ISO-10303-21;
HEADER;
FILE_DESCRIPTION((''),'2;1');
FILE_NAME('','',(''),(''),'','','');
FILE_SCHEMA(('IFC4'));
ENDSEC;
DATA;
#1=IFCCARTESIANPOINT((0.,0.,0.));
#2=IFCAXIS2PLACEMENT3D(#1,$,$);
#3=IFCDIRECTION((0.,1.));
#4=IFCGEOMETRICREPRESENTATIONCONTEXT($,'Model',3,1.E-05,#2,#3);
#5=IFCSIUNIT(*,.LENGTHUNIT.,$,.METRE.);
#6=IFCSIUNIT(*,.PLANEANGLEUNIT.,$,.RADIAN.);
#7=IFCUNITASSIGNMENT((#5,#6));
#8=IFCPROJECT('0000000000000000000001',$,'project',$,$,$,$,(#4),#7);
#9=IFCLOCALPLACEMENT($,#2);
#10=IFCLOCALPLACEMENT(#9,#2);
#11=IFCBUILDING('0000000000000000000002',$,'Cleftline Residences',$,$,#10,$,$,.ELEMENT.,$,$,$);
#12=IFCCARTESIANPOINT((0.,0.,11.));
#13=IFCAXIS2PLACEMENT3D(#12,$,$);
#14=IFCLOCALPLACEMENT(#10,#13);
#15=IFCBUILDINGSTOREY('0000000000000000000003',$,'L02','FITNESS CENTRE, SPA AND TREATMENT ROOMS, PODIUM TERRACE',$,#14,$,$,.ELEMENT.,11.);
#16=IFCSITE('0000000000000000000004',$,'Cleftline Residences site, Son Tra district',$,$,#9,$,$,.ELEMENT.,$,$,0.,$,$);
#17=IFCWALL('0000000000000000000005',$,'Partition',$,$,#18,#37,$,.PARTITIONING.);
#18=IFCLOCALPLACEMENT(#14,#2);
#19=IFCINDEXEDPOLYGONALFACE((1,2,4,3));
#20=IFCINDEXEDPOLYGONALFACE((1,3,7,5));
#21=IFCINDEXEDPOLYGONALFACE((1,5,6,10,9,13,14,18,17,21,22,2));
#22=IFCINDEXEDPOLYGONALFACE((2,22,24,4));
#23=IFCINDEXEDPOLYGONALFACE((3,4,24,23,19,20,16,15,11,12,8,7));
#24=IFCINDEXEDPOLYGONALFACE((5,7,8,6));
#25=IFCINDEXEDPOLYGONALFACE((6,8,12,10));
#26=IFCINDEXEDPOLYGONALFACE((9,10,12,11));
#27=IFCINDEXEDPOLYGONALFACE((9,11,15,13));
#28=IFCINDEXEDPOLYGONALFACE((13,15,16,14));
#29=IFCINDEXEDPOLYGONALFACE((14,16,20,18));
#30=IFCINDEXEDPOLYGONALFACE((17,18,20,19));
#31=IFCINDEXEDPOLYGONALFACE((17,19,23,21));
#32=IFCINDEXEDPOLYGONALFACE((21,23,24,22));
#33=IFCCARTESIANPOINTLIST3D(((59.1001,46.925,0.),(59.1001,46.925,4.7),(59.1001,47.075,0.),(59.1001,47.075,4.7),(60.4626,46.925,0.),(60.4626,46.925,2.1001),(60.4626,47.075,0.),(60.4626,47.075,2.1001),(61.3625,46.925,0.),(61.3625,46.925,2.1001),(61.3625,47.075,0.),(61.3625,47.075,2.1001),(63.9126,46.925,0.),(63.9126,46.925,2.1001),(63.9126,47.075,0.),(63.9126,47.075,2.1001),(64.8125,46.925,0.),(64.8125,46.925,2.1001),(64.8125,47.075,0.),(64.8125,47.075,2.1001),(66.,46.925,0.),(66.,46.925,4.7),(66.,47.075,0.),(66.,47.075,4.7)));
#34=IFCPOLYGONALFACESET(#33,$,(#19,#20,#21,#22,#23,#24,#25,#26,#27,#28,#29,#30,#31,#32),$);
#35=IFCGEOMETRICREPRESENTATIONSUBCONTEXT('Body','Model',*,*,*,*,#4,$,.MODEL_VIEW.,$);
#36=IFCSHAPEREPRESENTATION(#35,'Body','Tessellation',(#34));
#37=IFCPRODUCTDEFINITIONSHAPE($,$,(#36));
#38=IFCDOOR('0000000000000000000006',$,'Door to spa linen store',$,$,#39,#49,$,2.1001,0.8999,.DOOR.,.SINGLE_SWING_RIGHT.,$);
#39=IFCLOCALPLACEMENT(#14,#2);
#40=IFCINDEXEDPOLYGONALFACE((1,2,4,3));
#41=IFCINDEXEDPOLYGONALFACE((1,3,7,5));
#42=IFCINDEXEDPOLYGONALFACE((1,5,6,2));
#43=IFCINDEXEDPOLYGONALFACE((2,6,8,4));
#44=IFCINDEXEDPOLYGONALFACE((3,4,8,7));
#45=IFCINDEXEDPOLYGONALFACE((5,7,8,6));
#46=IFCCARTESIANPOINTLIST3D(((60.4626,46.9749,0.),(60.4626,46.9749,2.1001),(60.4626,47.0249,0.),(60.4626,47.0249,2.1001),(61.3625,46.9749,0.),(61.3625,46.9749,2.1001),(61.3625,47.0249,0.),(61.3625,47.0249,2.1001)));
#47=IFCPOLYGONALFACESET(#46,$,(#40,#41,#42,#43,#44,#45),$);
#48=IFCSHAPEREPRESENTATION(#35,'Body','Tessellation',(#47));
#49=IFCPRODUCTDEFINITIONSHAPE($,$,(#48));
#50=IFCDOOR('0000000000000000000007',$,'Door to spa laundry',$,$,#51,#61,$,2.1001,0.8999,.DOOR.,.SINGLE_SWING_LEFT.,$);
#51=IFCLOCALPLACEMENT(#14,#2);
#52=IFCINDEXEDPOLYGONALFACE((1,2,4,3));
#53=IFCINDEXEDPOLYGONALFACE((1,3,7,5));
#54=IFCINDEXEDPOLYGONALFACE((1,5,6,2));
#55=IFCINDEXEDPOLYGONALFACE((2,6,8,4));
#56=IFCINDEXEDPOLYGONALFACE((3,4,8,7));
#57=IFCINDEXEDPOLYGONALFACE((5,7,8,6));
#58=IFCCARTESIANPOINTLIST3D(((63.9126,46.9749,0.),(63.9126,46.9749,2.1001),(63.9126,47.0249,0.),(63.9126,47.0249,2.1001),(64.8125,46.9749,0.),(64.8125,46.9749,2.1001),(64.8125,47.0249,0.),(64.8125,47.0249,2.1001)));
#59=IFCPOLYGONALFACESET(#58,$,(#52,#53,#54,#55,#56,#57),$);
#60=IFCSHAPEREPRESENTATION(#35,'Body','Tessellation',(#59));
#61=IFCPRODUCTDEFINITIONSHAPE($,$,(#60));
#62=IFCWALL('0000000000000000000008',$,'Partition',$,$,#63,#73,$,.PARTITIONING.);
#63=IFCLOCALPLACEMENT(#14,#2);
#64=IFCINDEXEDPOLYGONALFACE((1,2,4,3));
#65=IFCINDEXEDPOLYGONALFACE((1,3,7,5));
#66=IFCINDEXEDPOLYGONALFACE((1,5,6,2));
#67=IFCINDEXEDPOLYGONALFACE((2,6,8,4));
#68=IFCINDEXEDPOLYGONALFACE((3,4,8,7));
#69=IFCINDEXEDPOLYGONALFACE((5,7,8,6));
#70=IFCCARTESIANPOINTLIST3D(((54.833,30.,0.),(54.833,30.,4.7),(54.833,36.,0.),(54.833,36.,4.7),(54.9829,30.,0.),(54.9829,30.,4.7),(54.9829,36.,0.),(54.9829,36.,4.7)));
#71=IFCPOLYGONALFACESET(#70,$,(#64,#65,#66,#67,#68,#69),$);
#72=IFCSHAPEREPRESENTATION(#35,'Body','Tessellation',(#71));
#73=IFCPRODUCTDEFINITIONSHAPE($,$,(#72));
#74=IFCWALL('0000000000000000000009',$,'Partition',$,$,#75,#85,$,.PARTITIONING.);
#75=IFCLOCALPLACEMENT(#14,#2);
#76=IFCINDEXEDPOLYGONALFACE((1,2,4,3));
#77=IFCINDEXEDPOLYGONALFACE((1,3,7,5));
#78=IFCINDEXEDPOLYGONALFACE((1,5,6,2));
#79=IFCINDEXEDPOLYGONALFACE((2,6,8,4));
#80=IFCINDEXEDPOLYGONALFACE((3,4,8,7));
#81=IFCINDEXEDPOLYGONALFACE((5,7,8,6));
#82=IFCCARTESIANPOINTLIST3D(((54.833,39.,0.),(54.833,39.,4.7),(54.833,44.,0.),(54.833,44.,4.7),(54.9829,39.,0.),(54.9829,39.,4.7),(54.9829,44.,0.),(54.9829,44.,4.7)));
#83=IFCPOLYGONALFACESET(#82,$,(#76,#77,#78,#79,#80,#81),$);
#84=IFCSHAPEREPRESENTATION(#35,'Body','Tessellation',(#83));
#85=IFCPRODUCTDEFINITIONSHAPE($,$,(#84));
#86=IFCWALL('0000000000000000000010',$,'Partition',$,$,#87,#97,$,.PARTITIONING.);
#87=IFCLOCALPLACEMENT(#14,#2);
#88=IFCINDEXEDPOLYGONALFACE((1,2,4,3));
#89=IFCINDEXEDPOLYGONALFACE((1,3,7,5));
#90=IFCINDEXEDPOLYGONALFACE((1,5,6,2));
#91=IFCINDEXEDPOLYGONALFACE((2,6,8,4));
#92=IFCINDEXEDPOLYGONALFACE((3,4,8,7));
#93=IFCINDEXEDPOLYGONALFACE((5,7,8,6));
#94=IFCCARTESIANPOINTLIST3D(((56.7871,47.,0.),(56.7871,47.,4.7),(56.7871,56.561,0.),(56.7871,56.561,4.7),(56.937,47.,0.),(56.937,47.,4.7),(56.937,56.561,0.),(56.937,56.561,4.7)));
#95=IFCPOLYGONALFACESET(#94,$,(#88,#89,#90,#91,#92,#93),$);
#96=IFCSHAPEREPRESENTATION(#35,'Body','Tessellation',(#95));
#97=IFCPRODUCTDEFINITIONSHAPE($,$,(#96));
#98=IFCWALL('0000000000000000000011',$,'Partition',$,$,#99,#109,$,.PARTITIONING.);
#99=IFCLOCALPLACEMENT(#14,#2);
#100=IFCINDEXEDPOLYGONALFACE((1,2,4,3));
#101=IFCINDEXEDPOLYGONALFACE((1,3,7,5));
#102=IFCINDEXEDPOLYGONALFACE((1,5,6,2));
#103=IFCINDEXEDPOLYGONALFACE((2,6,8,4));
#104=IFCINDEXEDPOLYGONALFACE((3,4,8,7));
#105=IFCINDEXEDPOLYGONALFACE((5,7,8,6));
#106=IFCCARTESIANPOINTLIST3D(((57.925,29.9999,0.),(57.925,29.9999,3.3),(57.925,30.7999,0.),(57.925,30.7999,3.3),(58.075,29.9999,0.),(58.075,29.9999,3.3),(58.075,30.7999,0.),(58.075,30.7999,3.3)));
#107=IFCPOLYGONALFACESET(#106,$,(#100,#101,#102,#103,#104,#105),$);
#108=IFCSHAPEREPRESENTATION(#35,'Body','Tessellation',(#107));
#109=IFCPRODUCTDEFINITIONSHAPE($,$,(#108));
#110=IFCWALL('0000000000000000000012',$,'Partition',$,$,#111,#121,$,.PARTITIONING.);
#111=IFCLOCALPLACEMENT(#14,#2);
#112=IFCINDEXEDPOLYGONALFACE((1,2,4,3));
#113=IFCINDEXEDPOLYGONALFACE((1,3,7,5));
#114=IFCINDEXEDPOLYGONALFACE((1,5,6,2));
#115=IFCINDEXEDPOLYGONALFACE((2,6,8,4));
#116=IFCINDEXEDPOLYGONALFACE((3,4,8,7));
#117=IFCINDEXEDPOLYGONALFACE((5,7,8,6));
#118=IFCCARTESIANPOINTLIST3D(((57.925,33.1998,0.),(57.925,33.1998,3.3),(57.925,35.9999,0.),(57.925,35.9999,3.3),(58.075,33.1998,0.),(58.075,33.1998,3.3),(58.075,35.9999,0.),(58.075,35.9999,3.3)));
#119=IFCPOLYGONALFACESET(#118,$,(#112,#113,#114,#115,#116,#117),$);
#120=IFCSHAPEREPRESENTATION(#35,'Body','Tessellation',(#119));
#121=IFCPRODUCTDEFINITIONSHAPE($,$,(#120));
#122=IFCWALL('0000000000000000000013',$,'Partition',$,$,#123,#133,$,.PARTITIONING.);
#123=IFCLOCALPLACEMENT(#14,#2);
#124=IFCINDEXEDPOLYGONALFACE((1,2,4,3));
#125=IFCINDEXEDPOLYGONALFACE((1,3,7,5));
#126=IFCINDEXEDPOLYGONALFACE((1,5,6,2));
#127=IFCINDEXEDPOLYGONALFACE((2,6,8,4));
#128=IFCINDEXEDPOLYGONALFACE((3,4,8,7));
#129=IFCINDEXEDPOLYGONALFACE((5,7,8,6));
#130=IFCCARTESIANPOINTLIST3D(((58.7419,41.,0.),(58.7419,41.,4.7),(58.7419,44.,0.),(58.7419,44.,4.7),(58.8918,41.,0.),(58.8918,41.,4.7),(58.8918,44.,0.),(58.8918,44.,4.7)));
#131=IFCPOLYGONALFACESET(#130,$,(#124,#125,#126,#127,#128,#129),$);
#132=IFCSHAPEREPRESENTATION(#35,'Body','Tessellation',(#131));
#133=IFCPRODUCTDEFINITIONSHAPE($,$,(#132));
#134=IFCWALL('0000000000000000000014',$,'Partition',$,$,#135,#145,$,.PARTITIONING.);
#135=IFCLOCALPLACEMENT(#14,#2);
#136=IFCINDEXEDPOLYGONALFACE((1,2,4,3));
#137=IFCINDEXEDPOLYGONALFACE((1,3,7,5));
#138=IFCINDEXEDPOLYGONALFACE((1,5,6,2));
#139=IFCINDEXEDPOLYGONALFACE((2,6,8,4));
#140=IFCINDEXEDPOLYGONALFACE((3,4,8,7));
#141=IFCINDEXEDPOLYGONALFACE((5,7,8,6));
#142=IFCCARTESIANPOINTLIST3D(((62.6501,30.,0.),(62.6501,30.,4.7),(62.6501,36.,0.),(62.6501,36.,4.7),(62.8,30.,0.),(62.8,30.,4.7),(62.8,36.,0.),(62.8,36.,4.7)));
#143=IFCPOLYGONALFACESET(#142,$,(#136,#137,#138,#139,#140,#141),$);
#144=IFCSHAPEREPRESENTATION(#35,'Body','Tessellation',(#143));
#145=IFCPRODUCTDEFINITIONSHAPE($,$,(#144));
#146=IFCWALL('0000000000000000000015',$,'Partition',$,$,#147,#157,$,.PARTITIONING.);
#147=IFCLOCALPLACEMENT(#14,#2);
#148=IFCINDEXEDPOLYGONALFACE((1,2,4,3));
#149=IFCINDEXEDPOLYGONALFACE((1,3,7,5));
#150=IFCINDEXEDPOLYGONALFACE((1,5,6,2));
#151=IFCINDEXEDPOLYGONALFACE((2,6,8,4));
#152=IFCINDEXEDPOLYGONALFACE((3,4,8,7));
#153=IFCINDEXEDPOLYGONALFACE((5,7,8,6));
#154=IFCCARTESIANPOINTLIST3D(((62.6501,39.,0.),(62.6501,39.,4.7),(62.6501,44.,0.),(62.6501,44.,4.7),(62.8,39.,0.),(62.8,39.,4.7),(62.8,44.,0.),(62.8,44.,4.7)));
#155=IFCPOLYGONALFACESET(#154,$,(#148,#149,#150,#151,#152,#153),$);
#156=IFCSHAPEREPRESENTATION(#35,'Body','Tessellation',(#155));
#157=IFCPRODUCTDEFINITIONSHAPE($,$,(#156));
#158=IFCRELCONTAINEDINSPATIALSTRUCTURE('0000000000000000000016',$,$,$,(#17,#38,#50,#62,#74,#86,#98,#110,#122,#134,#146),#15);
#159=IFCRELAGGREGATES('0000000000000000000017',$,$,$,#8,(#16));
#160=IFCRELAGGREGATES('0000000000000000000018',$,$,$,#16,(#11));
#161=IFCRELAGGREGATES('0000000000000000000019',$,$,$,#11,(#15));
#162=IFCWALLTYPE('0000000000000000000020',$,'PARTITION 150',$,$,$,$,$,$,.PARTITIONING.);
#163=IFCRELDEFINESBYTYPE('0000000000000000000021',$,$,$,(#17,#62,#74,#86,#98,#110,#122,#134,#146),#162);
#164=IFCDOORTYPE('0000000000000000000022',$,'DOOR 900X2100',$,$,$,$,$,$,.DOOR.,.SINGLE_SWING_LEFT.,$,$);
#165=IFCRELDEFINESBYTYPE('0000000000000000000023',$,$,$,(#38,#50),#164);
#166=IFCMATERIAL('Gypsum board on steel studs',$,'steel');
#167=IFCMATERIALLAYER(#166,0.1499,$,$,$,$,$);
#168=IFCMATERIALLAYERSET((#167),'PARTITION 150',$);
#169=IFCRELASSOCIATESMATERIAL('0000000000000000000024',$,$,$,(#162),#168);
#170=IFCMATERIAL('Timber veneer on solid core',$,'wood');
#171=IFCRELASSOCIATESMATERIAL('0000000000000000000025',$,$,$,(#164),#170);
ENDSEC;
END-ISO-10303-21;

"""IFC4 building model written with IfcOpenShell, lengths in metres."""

from ifc_helpers import new_model, si_unit, direction, frame, frame_2d, origin, place, context, subcontext, project, spatial, rectangle, extrude, material, layer, layer_set, type_object, element, fill, save


model = new_model("IFC4")

# Units and contexts
model_context = context("Model", 3, precision=1e-05, world=origin(), true_north=direction((0.0, 1.0)))
body_context = subcontext(model_context, "Body", "Model", "MODEL_VIEW")
ifc_project = project(units=[si_unit("LENGTHUNIT", "METRE"), si_unit("PLANEANGLEUNIT", "RADIAN")], contexts=[model_context])

# Site, building, storey
site_placement = place(None, origin())
site = spatial("IfcSite", under=ifc_project, at=site_placement, Name="Cleftline Residences site, Son Tra district", CompositionType="ELEMENT", RefElevation=0.0)
building_placement = place(site_placement, origin())
building = spatial("IfcBuilding", under=site, at=building_placement, Name="Cleftline Residences", CompositionType="ELEMENT")
storey_placement = place(building_placement, frame((0.0, 0.0, 11.0)))
storey = spatial("IfcBuildingStorey", under=building, at=storey_placement, Name="L02", Description="FITNESS CENTRE, SPA AND TREATMENT ROOMS, PODIUM TERRACE", CompositionType="ELEMENT", Elevation=11.0)

# Wall, openings, doors
ifc_material_1 = material(Name="Gypsum board on steel studs", Category="steel")
ifc_layer = layer(ifc_material_1, 0.1499)
ifc_layer_set = layer_set([ifc_layer], Name="PARTITION 150")
wall_type = type_object("IfcWallType", Name="PARTITION 150", PredefinedType="PARTITIONING", material=ifc_layer_set)
wall_1_placement = place(storey_placement, frame((59.1001, 47.0, 0.0), z_axis=(0.0, 0.0, 1.0), x_axis=(1.0, 0.0, 0.0)))
wall_1 = element("IfcWall", 1, at=wall_1_placement, inside=storey, type_object=wall_type, Name="Partition", PredefinedType="PARTITIONING", context=body_context, shape_type="SweptSolid", body=[
    extrude(rectangle(XDim=6.8999, YDim=0.1499, at=frame_2d((3.45, 0.0))), origin(), (0.0, 0.0, 1.0), 4.7),
])
opening_1_placement = place(wall_1_placement, frame((1.3625, 0.0, 0.0)))
opening_1 = element("IfcOpeningElement", 2, at=opening_1_placement, cuts=wall_1, PredefinedType="OPENING", context=body_context, shape_type="SweptSolid", body=[
    extrude(rectangle(XDim=0.8999, YDim=2.1001, at=frame_2d((0.45, 1.05))), frame((0.0, 0.085, 0.0), z_axis=(0.0, -1.0, 0.0), x_axis=(1.0, 0.0, 0.0)), (0.0, 0.0, 1.0), 0.1699),
])
opening_2_placement = place(wall_1_placement, frame((4.8125, 0.0, 0.0)))
opening_2 = element("IfcOpeningElement", 3, at=opening_2_placement, cuts=wall_1, PredefinedType="OPENING", context=body_context, shape_type="SweptSolid", body=[
    extrude(rectangle(XDim=0.8999, YDim=2.1001, at=frame_2d((0.45, 1.05))), frame((0.0, 0.085, 0.0), z_axis=(0.0, -1.0, 0.0), x_axis=(1.0, 0.0, 0.0)), (0.0, 0.0, 1.0), 0.1699),
])
ifc_material_2 = material(Name="Timber veneer on solid core", Category="wood")
door_type_1 = type_object("IfcDoorType", Name="DOOR 900X2100", OperationType="SINGLE_SWING_LEFT", PredefinedType="DOOR", material=ifc_material_2)
door_1_placement = place(opening_1_placement, origin())
door_1 = element("IfcDoor", 4, at=door_1_placement, inside=storey, type_object=door_type_1, Name="Door to spa linen store", OperationType="SINGLE_SWING_RIGHT", OverallHeight=2.1001, OverallWidth=0.8999, PredefinedType="DOOR", context=body_context, shape_type="SweptSolid", body=[
    extrude(rectangle(XDim=0.8999, YDim=2.1001, at=frame_2d((0.45, 1.05))), frame((0.0, 0.0249, 0.0), z_axis=(0.0, -1.0, 0.0), x_axis=(1.0, 0.0, 0.0)), (0.0, 0.0, 1.0), 0.05),
])
fill(opening_1, door_1)
door_2_placement = place(opening_2_placement, origin())
door_2 = element("IfcDoor", 5, at=door_2_placement, inside=storey, type_object=door_type_1, Name="Door to spa laundry", OperationType="SINGLE_SWING_LEFT", OverallHeight=2.1001, OverallWidth=0.8999, PredefinedType="DOOR", context=body_context, shape_type="SweptSolid", body=[
    extrude(rectangle(XDim=0.8999, YDim=2.1001, at=frame_2d((0.45, 1.05))), frame((0.0, 0.0249, 0.0), z_axis=(0.0, -1.0, 0.0), x_axis=(1.0, 0.0, 0.0)), (0.0, 0.0, 1.0), 0.05),
])
fill(opening_2, door_2)

# Walls
wall_2_placement = place(storey_placement, frame((54.908, 30.0, 0.0), z_axis=(0.0, 0.0, 1.0), x_axis=(0.0, 1.0, 0.0)))
element("IfcWall", 6, at=wall_2_placement, inside=storey, type_object=wall_type, Name="Partition", PredefinedType="PARTITIONING", context=body_context, shape_type="SweptSolid", body=[
    extrude(rectangle(XDim=6.0, YDim=0.1499, at=frame_2d((3.0, 0.0))), origin(), (0.0, 0.0, 1.0), 4.7),
])
wall_3_placement = place(storey_placement, frame((54.908, 39.0, 0.0), z_axis=(0.0, 0.0, 1.0), x_axis=(0.0, 1.0, 0.0)))
element("IfcWall", 7, at=wall_3_placement, inside=storey, type_object=wall_type, Name="Partition", PredefinedType="PARTITIONING", context=body_context, shape_type="SweptSolid", body=[
    extrude(rectangle(XDim=5.0, YDim=0.1499, at=frame_2d((2.5, 0.0))), origin(), (0.0, 0.0, 1.0), 4.7),
])
wall_4_placement = place(storey_placement, frame((56.8621, 47.0, 0.0), z_axis=(0.0, 0.0, 1.0), x_axis=(0.0, 1.0, 0.0)))
element("IfcWall", 8, at=wall_4_placement, inside=storey, type_object=wall_type, Name="Partition", PredefinedType="PARTITIONING", context=body_context, shape_type="SweptSolid", body=[
    extrude(rectangle(XDim=9.561, YDim=0.1499, at=frame_2d((4.7805, 0.0))), origin(), (0.0, 0.0, 1.0), 4.7),
])
wall_5_placement = place(storey_placement, frame((58.0, 30.0, 0.0), z_axis=(0.0, 0.0, 1.0), x_axis=(0.0, 1.0, 0.0)))
element("IfcWall", 9, at=wall_5_placement, inside=storey, type_object=wall_type, Name="Partition", PredefinedType="PARTITIONING", context=body_context, shape_type="SweptSolid", body=[
    extrude(rectangle(XDim=0.8, YDim=0.1499, at=frame_2d((0.3999, 0.0))), origin(), (0.0, 0.0, 1.0), 3.3),
])
wall_6_placement = place(storey_placement, frame((58.0, 33.2, 0.0), z_axis=(0.0, 0.0, 1.0), x_axis=(0.0, 1.0, 0.0)))
element("IfcWall", 10, at=wall_6_placement, inside=storey, type_object=wall_type, Name="Partition", PredefinedType="PARTITIONING", context=body_context, shape_type="SweptSolid", body=[
    extrude(rectangle(XDim=2.8, YDim=0.1499, at=frame_2d((1.3999, 0.0))), origin(), (0.0, 0.0, 1.0), 3.3),
])
wall_7_placement = place(storey_placement, frame((58.8169, 41.0, 0.0), z_axis=(0.0, 0.0, 1.0), x_axis=(0.0, 1.0, 0.0)))
element("IfcWall", 11, at=wall_7_placement, inside=storey, type_object=wall_type, Name="Partition", PredefinedType="PARTITIONING", context=body_context, shape_type="SweptSolid", body=[
    extrude(rectangle(XDim=3.0, YDim=0.1499, at=frame_2d((1.5, 0.0))), origin(), (0.0, 0.0, 1.0), 4.7),
])
wall_8_placement = place(storey_placement, frame((62.7251, 30.0, 0.0), z_axis=(0.0, 0.0, 1.0), x_axis=(0.0, 1.0, 0.0)))
element("IfcWall", 12, at=wall_8_placement, inside=storey, type_object=wall_type, Name="Partition", PredefinedType="PARTITIONING", context=body_context, shape_type="SweptSolid", body=[
    extrude(rectangle(XDim=6.0, YDim=0.1499, at=frame_2d((3.0, 0.0))), origin(), (0.0, 0.0, 1.0), 4.7),
])
wall_9_placement = place(storey_placement, frame((62.7251, 39.0, 0.0), z_axis=(0.0, 0.0, 1.0), x_axis=(0.0, 1.0, 0.0)))
element("IfcWall", 13, at=wall_9_placement, inside=storey, type_object=wall_type, Name="Partition", PredefinedType="PARTITIONING", context=body_context, shape_type="SweptSolid", body=[
    extrude(rectangle(XDim=5.0, YDim=0.1499, at=frame_2d((2.5, 0.0))), origin(), (0.0, 0.0, 1.0), 4.7),
])

save(model, "model.ifc")
